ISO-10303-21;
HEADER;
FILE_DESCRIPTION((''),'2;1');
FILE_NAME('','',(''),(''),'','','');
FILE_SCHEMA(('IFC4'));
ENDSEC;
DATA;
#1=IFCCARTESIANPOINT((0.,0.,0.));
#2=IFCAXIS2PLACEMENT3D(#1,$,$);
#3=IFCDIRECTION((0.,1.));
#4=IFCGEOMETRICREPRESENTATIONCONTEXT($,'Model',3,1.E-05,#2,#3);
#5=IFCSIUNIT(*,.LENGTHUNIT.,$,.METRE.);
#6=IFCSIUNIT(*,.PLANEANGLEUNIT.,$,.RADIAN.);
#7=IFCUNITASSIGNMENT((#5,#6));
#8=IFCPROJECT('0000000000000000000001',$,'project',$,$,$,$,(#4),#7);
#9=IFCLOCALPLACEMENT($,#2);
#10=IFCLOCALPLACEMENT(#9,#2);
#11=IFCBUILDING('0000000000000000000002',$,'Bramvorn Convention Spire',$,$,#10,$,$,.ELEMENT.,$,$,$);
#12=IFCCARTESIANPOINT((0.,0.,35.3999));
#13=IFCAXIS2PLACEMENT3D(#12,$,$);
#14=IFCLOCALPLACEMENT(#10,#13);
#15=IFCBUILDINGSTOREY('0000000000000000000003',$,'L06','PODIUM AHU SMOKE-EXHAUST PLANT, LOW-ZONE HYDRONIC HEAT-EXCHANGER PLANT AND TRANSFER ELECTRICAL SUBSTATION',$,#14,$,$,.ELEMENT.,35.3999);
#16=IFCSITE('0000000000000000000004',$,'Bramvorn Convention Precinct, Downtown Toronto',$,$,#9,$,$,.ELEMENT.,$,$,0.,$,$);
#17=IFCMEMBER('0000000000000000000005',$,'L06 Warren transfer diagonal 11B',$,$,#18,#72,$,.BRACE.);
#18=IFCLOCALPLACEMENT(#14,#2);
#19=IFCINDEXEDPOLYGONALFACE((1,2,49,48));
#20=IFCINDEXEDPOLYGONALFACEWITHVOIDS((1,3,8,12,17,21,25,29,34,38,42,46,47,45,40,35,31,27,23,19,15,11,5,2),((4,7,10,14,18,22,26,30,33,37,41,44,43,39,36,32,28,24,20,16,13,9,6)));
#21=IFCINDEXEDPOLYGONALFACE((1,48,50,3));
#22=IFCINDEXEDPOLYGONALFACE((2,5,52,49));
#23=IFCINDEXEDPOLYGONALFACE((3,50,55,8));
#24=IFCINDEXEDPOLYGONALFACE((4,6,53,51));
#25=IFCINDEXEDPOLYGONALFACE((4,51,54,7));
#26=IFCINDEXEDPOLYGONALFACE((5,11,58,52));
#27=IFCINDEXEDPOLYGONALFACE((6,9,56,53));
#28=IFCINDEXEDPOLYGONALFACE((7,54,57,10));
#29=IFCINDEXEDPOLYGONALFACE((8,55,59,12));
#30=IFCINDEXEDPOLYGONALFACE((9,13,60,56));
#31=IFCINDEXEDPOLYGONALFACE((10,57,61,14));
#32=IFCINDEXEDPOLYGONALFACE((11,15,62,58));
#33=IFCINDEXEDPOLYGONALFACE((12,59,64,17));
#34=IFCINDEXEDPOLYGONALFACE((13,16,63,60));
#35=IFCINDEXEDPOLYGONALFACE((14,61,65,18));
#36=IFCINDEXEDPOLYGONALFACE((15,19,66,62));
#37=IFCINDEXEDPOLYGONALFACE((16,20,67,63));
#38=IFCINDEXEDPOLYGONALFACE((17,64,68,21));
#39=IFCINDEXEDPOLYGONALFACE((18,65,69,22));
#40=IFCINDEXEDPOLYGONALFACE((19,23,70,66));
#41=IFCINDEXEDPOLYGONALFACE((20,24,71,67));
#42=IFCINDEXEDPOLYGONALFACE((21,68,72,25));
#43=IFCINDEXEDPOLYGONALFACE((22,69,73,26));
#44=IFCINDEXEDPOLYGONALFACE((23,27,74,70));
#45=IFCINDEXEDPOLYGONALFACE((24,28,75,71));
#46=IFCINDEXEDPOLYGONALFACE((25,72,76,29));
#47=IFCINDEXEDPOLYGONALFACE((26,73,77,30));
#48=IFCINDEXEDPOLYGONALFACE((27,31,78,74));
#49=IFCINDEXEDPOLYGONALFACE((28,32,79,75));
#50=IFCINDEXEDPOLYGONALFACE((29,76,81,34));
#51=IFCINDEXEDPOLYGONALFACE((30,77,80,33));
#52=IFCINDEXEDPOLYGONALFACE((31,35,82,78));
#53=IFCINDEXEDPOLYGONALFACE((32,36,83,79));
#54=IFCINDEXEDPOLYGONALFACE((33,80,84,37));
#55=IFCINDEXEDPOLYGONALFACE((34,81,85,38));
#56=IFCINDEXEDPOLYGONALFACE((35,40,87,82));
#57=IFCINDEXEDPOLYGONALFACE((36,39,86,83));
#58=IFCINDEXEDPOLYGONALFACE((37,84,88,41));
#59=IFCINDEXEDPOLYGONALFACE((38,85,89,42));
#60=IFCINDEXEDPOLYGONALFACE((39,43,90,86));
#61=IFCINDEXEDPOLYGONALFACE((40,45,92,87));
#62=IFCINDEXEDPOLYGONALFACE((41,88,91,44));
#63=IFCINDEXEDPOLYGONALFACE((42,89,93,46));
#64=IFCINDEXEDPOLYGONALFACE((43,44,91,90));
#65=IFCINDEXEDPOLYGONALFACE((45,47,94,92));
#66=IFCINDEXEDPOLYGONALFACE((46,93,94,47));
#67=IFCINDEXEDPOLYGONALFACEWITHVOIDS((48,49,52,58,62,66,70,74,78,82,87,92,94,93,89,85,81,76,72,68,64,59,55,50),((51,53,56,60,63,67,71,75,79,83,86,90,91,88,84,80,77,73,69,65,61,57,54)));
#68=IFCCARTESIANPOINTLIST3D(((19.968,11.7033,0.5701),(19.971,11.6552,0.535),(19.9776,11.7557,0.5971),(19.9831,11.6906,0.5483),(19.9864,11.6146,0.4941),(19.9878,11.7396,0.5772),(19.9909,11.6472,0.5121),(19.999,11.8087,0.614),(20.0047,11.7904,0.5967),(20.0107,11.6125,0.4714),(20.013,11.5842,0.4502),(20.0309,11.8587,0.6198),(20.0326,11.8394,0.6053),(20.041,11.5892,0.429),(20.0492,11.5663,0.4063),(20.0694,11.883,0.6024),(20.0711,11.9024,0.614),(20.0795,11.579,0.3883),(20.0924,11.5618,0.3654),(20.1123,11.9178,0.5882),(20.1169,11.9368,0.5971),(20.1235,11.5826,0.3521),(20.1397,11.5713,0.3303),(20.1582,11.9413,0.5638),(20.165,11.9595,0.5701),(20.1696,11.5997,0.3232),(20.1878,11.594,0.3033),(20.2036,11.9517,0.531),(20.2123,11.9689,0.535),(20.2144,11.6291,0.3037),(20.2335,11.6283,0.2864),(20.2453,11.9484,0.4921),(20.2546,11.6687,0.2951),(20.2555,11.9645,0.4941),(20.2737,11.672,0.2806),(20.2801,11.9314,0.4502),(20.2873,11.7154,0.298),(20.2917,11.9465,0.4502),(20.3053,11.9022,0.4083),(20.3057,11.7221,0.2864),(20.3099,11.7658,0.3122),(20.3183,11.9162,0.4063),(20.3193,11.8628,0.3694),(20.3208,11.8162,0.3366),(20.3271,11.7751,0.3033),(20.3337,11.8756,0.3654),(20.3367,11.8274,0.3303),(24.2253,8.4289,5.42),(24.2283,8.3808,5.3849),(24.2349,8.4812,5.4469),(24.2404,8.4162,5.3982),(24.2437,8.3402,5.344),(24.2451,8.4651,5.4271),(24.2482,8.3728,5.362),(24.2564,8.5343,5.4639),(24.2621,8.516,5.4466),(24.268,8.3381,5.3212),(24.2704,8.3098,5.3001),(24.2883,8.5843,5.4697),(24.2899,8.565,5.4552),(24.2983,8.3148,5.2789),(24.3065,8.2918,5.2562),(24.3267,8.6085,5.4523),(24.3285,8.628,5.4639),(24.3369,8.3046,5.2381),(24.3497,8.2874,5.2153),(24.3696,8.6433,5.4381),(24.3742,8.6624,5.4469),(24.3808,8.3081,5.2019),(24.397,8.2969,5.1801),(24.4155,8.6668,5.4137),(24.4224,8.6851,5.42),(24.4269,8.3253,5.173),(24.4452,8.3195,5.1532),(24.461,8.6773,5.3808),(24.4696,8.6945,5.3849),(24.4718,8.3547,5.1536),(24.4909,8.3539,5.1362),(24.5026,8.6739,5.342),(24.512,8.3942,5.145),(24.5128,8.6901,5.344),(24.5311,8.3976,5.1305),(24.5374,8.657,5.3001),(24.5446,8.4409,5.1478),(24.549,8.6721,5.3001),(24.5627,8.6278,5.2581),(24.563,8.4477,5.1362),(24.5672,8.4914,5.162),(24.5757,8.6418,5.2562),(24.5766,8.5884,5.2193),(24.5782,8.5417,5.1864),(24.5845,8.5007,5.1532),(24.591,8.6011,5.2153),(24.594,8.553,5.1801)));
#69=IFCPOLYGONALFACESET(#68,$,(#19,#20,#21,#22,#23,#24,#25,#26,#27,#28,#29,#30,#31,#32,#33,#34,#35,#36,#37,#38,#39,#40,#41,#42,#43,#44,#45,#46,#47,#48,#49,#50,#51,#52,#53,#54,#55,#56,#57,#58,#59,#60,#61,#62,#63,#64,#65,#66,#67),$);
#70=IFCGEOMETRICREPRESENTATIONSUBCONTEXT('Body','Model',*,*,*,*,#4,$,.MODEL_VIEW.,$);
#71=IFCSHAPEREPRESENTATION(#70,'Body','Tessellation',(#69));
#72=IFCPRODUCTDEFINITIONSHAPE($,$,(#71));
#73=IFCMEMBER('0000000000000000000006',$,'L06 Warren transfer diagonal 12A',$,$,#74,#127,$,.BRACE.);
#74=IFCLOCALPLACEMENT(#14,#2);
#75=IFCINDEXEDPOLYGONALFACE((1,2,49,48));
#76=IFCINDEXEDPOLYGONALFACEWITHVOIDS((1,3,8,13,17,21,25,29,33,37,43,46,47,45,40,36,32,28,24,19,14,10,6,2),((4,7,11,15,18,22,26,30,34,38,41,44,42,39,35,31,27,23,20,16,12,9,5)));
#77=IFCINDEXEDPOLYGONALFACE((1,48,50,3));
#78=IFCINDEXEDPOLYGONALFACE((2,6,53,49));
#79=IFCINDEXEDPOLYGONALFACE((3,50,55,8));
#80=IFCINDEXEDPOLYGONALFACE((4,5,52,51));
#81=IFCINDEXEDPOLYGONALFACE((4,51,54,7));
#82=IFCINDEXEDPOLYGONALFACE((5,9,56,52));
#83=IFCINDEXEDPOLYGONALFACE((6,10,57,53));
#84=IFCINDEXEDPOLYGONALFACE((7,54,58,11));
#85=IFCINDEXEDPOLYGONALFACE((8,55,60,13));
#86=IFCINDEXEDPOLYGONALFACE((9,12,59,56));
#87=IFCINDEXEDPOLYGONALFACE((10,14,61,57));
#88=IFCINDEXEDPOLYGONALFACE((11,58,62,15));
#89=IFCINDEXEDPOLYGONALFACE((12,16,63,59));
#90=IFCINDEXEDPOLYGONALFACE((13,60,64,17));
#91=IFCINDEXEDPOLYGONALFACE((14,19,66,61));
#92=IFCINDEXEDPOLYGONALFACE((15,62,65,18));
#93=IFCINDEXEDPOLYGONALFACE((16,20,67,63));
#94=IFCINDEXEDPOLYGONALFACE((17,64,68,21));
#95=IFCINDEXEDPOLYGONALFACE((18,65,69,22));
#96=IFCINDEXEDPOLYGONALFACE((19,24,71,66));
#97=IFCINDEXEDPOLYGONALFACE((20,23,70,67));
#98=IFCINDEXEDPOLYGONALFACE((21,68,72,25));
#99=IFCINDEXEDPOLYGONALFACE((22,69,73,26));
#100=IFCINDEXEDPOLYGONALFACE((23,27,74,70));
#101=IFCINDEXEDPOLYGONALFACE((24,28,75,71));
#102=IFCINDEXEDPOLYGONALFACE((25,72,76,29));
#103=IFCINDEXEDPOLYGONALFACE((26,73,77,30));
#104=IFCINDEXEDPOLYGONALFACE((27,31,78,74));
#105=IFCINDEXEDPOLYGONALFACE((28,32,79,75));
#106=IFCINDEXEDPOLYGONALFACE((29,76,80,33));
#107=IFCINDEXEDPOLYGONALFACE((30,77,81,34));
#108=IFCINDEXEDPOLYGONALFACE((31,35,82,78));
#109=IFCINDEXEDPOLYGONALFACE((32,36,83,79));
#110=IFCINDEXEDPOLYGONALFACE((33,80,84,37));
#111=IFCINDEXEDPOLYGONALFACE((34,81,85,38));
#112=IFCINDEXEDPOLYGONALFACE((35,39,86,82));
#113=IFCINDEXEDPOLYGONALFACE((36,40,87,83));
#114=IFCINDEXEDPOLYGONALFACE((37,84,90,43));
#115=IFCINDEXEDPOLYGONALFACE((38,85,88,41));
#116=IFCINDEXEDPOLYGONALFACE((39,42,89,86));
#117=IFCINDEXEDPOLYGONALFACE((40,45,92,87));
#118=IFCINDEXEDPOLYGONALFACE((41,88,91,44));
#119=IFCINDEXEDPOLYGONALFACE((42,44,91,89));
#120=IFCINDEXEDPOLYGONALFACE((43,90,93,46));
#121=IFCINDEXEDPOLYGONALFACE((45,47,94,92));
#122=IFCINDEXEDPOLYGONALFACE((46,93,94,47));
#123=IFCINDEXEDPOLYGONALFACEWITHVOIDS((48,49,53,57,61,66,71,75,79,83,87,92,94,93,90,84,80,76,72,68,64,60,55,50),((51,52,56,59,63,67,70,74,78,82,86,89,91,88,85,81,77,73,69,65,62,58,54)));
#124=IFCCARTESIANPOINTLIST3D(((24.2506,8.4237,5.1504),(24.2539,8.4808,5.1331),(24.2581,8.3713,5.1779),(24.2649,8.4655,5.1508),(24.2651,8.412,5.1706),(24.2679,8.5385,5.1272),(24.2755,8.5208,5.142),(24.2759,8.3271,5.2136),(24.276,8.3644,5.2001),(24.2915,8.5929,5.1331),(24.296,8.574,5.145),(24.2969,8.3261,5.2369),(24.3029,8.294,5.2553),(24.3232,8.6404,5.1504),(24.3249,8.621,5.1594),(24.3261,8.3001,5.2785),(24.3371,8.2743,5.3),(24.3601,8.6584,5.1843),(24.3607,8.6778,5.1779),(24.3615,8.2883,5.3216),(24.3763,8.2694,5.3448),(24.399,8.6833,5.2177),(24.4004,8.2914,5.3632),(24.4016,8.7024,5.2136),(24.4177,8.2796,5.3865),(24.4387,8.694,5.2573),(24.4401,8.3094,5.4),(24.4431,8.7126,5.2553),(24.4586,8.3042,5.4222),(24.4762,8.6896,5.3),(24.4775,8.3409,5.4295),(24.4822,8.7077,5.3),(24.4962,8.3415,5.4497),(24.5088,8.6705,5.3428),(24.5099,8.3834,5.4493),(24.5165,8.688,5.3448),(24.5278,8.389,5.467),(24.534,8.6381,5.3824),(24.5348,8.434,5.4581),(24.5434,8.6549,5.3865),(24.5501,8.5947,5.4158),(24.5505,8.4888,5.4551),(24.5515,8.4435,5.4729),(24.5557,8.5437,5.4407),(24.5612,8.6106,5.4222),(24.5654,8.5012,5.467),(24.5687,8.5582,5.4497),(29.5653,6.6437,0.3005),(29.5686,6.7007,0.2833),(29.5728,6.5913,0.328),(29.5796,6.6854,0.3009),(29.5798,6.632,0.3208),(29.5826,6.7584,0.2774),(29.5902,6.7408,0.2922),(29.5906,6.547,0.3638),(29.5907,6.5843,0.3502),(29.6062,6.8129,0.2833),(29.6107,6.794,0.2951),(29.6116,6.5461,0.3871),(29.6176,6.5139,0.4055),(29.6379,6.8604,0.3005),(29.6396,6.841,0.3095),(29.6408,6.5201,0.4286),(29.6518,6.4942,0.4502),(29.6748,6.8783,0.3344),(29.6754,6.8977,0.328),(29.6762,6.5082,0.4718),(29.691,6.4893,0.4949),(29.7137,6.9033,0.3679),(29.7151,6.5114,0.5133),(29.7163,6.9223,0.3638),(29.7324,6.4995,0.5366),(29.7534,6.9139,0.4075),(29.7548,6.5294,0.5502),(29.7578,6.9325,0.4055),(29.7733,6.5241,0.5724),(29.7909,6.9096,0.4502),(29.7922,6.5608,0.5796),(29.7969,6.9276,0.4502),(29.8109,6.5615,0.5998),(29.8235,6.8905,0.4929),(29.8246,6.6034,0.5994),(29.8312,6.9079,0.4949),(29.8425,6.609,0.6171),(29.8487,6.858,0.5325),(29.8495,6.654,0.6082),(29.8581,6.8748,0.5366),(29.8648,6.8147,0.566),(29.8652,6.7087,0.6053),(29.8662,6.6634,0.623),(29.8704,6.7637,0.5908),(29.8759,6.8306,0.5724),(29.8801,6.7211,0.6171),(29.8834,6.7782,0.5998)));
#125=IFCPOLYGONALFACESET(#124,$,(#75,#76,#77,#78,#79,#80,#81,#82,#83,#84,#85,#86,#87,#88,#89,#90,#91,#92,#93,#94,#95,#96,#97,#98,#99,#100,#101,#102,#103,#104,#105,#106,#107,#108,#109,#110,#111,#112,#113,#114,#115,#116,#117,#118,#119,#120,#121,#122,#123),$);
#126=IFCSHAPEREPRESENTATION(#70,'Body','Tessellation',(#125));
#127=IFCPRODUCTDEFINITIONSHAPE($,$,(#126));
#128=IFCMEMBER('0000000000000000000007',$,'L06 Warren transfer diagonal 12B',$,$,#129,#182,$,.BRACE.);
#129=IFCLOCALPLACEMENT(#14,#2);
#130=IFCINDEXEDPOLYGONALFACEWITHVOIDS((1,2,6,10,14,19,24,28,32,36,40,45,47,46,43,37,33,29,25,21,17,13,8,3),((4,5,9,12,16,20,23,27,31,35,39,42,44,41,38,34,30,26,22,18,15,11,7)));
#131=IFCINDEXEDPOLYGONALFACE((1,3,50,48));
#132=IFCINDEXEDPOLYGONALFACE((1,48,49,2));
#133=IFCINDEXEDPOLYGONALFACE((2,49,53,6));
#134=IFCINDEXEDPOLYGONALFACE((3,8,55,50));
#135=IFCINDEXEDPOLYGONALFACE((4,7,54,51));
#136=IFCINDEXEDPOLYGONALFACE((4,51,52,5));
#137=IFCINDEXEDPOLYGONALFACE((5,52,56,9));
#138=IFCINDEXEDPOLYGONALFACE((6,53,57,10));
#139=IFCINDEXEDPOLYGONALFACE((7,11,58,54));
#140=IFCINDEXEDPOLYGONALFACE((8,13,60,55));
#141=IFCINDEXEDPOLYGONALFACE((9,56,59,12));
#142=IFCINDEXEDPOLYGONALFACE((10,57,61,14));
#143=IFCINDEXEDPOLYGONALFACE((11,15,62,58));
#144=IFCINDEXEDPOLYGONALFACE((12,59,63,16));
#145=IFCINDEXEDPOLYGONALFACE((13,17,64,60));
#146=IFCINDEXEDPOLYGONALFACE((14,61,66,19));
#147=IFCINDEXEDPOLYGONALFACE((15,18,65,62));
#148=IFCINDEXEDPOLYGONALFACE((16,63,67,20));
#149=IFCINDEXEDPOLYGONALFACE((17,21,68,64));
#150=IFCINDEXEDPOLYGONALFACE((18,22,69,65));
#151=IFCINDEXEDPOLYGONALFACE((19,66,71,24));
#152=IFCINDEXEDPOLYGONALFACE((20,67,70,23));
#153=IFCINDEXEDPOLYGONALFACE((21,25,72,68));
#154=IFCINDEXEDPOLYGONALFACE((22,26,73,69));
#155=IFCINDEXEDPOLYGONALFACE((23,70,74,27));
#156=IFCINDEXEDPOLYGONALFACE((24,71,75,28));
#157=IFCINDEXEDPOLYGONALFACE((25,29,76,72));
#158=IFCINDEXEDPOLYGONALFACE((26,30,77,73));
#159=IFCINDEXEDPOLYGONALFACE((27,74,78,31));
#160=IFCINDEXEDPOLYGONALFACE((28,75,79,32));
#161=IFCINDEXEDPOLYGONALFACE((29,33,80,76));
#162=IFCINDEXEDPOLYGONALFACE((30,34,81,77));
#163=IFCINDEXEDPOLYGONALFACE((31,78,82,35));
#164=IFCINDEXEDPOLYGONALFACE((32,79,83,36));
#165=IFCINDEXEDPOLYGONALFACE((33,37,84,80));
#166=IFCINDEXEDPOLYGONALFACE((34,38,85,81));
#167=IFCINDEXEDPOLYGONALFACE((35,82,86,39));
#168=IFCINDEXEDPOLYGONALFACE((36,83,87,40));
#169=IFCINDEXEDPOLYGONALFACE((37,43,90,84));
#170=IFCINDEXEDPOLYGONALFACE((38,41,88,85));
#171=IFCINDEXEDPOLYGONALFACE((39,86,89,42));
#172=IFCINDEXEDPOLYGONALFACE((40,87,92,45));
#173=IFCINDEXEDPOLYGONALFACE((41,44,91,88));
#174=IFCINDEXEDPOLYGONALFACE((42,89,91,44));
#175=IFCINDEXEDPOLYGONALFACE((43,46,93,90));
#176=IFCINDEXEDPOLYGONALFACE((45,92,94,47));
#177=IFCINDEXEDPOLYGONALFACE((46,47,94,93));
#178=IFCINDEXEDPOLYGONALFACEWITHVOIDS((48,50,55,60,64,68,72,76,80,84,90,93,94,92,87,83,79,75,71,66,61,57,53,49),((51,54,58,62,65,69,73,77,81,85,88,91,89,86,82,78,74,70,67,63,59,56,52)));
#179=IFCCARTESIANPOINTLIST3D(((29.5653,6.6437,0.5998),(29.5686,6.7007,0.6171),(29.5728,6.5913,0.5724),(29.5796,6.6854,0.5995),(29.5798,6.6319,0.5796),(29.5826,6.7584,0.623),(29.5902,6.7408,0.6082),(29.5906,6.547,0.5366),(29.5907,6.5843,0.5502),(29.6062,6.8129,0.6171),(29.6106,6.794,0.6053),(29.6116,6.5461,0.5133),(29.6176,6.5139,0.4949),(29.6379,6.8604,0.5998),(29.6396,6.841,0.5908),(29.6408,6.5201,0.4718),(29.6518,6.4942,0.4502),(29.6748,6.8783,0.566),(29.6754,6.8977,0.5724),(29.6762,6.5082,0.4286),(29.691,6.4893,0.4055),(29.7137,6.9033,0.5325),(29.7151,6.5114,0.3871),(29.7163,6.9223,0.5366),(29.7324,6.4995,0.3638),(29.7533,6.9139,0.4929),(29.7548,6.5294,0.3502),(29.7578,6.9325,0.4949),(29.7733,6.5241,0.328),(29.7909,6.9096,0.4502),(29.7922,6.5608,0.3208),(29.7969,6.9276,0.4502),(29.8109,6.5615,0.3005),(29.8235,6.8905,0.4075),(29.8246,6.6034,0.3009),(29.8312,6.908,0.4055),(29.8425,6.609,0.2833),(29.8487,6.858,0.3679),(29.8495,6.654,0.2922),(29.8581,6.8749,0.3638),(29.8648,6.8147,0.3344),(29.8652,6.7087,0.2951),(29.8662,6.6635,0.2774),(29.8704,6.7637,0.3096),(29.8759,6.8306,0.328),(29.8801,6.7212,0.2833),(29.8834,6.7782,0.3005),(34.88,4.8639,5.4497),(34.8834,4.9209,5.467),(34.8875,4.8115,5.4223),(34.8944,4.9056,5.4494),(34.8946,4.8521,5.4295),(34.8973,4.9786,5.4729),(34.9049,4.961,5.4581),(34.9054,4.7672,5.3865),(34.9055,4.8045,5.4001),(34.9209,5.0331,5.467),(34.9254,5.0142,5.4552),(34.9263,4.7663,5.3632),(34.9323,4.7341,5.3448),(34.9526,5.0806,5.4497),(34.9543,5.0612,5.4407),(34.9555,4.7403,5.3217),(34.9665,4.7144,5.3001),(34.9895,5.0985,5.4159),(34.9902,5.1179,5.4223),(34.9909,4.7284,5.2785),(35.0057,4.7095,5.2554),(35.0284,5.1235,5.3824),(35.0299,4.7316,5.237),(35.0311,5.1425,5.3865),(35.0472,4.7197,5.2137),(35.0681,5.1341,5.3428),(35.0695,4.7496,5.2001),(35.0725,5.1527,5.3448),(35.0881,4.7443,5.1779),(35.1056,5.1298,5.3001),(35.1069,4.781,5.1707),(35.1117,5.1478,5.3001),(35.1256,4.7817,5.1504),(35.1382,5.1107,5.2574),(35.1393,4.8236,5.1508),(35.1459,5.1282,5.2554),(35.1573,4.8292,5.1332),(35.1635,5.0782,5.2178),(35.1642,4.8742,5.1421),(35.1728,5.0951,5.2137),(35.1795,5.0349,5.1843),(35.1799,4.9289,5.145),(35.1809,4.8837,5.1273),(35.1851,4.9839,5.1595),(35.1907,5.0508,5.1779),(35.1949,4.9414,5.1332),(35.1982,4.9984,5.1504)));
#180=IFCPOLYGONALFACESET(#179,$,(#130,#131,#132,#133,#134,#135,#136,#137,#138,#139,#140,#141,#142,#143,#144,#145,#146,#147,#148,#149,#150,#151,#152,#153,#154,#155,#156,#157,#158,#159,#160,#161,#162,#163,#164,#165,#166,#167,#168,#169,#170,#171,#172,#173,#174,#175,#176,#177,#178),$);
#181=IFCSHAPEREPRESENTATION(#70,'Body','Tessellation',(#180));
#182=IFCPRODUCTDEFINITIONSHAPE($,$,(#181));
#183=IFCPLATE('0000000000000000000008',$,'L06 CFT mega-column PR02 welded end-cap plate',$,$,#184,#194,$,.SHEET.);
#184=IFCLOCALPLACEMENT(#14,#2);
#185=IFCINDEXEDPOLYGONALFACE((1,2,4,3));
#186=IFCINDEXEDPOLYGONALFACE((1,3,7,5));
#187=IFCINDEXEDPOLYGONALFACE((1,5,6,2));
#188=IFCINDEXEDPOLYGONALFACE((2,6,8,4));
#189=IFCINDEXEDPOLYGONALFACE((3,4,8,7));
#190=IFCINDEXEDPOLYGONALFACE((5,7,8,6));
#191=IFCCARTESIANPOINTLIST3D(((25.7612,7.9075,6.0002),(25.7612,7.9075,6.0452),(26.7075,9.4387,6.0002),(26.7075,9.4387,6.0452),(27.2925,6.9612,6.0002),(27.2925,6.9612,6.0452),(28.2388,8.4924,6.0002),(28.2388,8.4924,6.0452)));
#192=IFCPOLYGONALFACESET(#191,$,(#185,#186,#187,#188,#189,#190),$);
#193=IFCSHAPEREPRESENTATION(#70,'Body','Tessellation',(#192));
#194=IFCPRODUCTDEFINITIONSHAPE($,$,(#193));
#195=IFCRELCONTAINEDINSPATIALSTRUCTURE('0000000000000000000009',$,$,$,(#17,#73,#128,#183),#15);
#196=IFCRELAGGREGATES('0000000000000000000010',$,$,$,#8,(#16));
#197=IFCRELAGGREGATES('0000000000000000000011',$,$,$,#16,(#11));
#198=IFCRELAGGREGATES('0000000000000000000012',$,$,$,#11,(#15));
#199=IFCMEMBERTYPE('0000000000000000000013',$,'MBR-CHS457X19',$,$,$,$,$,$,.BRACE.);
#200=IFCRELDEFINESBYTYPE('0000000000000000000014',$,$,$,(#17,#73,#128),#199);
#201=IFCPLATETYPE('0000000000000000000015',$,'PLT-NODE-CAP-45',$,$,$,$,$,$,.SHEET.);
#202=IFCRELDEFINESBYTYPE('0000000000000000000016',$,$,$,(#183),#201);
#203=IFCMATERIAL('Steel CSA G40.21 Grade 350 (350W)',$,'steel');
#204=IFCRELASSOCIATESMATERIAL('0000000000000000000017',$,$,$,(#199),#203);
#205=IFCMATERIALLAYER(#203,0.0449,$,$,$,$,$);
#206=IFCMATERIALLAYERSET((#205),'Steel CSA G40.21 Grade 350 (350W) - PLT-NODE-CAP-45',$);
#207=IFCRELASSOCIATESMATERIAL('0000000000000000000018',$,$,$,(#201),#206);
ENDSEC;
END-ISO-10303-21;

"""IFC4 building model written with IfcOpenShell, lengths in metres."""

from ifc_helpers import new_model, si_unit, direction, frame, origin, origin_2d, place, context, subcontext, project, spatial, rectangle, hollow_circle, extrude, material, layer, layer_set, material_profile, profile_set, type_object, element, save


model = new_model("IFC4")

# Units and contexts
model_context = context("Model", 3, precision=1e-05, world=origin(), true_north=direction((0.0, 1.0)))
body_context = subcontext(model_context, "Body", "Model", "MODEL_VIEW")
ifc_project = project(units=[si_unit("LENGTHUNIT", "METRE"), si_unit("PLANEANGLEUNIT", "RADIAN")], contexts=[model_context])

# Site, building, storey
site_placement = place(None, origin())
site = spatial("IfcSite", under=ifc_project, at=site_placement, Name="Bramvorn Convention Precinct, Downtown Toronto", CompositionType="ELEMENT", RefElevation=0.0)
building_placement = place(site_placement, origin())
building = spatial("IfcBuilding", under=site, at=building_placement, Name="Bramvorn Convention Spire", CompositionType="ELEMENT")
storey_placement = place(building_placement, frame((0.0, 0.0, 35.3999)))
storey = spatial("IfcBuildingStorey", under=building, at=storey_placement, Name="L06", Description="PODIUM AHU SMOKE-EXHAUST PLANT, LOW-ZONE HYDRONIC HEAT-EXCHANGER PLANT AND TRANSFER ELECTRICAL SUBSTATION", CompositionType="ELEMENT", Elevation=35.3999)

# Shared definitions
ifc_material_1 = material(Name="Steel CSA G40.21 Grade 350 (350W)", Category="steel")

# Members
ifc_material_profile_1 = material_profile(ifc_material_1, hollow_circle(Radius=0.2285, WallThickness=0.019, at=origin_2d()))
ifc_profile_set_1 = profile_set([ifc_material_profile_1], Name="Steel CSA G40.21 Grade 350 (350W) - CHS457X19")
member_type_1 = type_object("IfcMemberType", Name="MBR-CHS457X19", PredefinedType="BRACE", material=ifc_profile_set_1)
member_1_placement = place(storey_placement, frame((20.1523, 11.7654, 0.4502), z_axis=(0.588308, -0.452483, 0.670188), x_axis=(0.609658, 0.792665, 0.0)))
element("IfcMember", 1, at=member_1_placement, inside=storey, type_object=member_type_1, Name="L06 Warren transfer diagonal 11B", PredefinedType="BRACE", context=body_context, shape_type="SweptSolid", body=[
    extrude(hollow_circle(Radius=0.2285, WallThickness=0.019, at=origin_2d()), origin(), (0.0, 0.0, 1.0), 7.2366),
])
for number, where, z_axis, x_axis, name in (
    (2, (24.4097, 8.491, 5.3), (0.717054, -0.24016, -0.654337), (0.317586, 0.948229, 0.0), "L06 Warren transfer diagonal 12A"),
    (3, (29.7244, 6.7109, 0.4502), (0.717059, -0.240129, 0.654343), (0.317547, 0.948242, 0.0), "L06 Warren transfer diagonal 12B"),
):
    element("IfcMember", number, at=place(storey_placement, frame(where, z_axis=z_axis, x_axis=x_axis)), inside=storey, type_object=member_type_1, Name=name, PredefinedType="BRACE", context=body_context, shape_type="SweptSolid", body=[
        extrude(hollow_circle(Radius=0.2285, WallThickness=0.019, at=origin_2d()), origin(), (0.0, 0.0, 1.0), 7.4119),
    ])

# Plate
ifc_layer_1 = layer(ifc_material_1, 0.0449)
ifc_layer_set_1 = layer_set([ifc_layer_1], Name="Steel CSA G40.21 Grade 350 (350W) - PLT-NODE-CAP-45")
plate_type_1 = type_object("IfcPlateType", Name="PLT-NODE-CAP-45", PredefinedType="SHEET", material=ifc_layer_set_1)
plate_placement = place(storey_placement, frame((27.0, 8.2, 6.0002), z_axis=(0.0, 0.0, 1.0), x_axis=(-0.525696, -0.850672, 0.0)))
element("IfcPlate", 4, at=plate_placement, inside=storey, type_object=plate_type_1, Name="L06 CFT mega-column PR02 welded end-cap plate", PredefinedType="SHEET", context=body_context, shape_type="SweptSolid", body=[
    extrude(rectangle(XDim=1.8, YDim=1.8, at=origin_2d()), origin(), (0.0, 0.0, 1.0), 0.0449),
])

save(model, "model.ifc")
